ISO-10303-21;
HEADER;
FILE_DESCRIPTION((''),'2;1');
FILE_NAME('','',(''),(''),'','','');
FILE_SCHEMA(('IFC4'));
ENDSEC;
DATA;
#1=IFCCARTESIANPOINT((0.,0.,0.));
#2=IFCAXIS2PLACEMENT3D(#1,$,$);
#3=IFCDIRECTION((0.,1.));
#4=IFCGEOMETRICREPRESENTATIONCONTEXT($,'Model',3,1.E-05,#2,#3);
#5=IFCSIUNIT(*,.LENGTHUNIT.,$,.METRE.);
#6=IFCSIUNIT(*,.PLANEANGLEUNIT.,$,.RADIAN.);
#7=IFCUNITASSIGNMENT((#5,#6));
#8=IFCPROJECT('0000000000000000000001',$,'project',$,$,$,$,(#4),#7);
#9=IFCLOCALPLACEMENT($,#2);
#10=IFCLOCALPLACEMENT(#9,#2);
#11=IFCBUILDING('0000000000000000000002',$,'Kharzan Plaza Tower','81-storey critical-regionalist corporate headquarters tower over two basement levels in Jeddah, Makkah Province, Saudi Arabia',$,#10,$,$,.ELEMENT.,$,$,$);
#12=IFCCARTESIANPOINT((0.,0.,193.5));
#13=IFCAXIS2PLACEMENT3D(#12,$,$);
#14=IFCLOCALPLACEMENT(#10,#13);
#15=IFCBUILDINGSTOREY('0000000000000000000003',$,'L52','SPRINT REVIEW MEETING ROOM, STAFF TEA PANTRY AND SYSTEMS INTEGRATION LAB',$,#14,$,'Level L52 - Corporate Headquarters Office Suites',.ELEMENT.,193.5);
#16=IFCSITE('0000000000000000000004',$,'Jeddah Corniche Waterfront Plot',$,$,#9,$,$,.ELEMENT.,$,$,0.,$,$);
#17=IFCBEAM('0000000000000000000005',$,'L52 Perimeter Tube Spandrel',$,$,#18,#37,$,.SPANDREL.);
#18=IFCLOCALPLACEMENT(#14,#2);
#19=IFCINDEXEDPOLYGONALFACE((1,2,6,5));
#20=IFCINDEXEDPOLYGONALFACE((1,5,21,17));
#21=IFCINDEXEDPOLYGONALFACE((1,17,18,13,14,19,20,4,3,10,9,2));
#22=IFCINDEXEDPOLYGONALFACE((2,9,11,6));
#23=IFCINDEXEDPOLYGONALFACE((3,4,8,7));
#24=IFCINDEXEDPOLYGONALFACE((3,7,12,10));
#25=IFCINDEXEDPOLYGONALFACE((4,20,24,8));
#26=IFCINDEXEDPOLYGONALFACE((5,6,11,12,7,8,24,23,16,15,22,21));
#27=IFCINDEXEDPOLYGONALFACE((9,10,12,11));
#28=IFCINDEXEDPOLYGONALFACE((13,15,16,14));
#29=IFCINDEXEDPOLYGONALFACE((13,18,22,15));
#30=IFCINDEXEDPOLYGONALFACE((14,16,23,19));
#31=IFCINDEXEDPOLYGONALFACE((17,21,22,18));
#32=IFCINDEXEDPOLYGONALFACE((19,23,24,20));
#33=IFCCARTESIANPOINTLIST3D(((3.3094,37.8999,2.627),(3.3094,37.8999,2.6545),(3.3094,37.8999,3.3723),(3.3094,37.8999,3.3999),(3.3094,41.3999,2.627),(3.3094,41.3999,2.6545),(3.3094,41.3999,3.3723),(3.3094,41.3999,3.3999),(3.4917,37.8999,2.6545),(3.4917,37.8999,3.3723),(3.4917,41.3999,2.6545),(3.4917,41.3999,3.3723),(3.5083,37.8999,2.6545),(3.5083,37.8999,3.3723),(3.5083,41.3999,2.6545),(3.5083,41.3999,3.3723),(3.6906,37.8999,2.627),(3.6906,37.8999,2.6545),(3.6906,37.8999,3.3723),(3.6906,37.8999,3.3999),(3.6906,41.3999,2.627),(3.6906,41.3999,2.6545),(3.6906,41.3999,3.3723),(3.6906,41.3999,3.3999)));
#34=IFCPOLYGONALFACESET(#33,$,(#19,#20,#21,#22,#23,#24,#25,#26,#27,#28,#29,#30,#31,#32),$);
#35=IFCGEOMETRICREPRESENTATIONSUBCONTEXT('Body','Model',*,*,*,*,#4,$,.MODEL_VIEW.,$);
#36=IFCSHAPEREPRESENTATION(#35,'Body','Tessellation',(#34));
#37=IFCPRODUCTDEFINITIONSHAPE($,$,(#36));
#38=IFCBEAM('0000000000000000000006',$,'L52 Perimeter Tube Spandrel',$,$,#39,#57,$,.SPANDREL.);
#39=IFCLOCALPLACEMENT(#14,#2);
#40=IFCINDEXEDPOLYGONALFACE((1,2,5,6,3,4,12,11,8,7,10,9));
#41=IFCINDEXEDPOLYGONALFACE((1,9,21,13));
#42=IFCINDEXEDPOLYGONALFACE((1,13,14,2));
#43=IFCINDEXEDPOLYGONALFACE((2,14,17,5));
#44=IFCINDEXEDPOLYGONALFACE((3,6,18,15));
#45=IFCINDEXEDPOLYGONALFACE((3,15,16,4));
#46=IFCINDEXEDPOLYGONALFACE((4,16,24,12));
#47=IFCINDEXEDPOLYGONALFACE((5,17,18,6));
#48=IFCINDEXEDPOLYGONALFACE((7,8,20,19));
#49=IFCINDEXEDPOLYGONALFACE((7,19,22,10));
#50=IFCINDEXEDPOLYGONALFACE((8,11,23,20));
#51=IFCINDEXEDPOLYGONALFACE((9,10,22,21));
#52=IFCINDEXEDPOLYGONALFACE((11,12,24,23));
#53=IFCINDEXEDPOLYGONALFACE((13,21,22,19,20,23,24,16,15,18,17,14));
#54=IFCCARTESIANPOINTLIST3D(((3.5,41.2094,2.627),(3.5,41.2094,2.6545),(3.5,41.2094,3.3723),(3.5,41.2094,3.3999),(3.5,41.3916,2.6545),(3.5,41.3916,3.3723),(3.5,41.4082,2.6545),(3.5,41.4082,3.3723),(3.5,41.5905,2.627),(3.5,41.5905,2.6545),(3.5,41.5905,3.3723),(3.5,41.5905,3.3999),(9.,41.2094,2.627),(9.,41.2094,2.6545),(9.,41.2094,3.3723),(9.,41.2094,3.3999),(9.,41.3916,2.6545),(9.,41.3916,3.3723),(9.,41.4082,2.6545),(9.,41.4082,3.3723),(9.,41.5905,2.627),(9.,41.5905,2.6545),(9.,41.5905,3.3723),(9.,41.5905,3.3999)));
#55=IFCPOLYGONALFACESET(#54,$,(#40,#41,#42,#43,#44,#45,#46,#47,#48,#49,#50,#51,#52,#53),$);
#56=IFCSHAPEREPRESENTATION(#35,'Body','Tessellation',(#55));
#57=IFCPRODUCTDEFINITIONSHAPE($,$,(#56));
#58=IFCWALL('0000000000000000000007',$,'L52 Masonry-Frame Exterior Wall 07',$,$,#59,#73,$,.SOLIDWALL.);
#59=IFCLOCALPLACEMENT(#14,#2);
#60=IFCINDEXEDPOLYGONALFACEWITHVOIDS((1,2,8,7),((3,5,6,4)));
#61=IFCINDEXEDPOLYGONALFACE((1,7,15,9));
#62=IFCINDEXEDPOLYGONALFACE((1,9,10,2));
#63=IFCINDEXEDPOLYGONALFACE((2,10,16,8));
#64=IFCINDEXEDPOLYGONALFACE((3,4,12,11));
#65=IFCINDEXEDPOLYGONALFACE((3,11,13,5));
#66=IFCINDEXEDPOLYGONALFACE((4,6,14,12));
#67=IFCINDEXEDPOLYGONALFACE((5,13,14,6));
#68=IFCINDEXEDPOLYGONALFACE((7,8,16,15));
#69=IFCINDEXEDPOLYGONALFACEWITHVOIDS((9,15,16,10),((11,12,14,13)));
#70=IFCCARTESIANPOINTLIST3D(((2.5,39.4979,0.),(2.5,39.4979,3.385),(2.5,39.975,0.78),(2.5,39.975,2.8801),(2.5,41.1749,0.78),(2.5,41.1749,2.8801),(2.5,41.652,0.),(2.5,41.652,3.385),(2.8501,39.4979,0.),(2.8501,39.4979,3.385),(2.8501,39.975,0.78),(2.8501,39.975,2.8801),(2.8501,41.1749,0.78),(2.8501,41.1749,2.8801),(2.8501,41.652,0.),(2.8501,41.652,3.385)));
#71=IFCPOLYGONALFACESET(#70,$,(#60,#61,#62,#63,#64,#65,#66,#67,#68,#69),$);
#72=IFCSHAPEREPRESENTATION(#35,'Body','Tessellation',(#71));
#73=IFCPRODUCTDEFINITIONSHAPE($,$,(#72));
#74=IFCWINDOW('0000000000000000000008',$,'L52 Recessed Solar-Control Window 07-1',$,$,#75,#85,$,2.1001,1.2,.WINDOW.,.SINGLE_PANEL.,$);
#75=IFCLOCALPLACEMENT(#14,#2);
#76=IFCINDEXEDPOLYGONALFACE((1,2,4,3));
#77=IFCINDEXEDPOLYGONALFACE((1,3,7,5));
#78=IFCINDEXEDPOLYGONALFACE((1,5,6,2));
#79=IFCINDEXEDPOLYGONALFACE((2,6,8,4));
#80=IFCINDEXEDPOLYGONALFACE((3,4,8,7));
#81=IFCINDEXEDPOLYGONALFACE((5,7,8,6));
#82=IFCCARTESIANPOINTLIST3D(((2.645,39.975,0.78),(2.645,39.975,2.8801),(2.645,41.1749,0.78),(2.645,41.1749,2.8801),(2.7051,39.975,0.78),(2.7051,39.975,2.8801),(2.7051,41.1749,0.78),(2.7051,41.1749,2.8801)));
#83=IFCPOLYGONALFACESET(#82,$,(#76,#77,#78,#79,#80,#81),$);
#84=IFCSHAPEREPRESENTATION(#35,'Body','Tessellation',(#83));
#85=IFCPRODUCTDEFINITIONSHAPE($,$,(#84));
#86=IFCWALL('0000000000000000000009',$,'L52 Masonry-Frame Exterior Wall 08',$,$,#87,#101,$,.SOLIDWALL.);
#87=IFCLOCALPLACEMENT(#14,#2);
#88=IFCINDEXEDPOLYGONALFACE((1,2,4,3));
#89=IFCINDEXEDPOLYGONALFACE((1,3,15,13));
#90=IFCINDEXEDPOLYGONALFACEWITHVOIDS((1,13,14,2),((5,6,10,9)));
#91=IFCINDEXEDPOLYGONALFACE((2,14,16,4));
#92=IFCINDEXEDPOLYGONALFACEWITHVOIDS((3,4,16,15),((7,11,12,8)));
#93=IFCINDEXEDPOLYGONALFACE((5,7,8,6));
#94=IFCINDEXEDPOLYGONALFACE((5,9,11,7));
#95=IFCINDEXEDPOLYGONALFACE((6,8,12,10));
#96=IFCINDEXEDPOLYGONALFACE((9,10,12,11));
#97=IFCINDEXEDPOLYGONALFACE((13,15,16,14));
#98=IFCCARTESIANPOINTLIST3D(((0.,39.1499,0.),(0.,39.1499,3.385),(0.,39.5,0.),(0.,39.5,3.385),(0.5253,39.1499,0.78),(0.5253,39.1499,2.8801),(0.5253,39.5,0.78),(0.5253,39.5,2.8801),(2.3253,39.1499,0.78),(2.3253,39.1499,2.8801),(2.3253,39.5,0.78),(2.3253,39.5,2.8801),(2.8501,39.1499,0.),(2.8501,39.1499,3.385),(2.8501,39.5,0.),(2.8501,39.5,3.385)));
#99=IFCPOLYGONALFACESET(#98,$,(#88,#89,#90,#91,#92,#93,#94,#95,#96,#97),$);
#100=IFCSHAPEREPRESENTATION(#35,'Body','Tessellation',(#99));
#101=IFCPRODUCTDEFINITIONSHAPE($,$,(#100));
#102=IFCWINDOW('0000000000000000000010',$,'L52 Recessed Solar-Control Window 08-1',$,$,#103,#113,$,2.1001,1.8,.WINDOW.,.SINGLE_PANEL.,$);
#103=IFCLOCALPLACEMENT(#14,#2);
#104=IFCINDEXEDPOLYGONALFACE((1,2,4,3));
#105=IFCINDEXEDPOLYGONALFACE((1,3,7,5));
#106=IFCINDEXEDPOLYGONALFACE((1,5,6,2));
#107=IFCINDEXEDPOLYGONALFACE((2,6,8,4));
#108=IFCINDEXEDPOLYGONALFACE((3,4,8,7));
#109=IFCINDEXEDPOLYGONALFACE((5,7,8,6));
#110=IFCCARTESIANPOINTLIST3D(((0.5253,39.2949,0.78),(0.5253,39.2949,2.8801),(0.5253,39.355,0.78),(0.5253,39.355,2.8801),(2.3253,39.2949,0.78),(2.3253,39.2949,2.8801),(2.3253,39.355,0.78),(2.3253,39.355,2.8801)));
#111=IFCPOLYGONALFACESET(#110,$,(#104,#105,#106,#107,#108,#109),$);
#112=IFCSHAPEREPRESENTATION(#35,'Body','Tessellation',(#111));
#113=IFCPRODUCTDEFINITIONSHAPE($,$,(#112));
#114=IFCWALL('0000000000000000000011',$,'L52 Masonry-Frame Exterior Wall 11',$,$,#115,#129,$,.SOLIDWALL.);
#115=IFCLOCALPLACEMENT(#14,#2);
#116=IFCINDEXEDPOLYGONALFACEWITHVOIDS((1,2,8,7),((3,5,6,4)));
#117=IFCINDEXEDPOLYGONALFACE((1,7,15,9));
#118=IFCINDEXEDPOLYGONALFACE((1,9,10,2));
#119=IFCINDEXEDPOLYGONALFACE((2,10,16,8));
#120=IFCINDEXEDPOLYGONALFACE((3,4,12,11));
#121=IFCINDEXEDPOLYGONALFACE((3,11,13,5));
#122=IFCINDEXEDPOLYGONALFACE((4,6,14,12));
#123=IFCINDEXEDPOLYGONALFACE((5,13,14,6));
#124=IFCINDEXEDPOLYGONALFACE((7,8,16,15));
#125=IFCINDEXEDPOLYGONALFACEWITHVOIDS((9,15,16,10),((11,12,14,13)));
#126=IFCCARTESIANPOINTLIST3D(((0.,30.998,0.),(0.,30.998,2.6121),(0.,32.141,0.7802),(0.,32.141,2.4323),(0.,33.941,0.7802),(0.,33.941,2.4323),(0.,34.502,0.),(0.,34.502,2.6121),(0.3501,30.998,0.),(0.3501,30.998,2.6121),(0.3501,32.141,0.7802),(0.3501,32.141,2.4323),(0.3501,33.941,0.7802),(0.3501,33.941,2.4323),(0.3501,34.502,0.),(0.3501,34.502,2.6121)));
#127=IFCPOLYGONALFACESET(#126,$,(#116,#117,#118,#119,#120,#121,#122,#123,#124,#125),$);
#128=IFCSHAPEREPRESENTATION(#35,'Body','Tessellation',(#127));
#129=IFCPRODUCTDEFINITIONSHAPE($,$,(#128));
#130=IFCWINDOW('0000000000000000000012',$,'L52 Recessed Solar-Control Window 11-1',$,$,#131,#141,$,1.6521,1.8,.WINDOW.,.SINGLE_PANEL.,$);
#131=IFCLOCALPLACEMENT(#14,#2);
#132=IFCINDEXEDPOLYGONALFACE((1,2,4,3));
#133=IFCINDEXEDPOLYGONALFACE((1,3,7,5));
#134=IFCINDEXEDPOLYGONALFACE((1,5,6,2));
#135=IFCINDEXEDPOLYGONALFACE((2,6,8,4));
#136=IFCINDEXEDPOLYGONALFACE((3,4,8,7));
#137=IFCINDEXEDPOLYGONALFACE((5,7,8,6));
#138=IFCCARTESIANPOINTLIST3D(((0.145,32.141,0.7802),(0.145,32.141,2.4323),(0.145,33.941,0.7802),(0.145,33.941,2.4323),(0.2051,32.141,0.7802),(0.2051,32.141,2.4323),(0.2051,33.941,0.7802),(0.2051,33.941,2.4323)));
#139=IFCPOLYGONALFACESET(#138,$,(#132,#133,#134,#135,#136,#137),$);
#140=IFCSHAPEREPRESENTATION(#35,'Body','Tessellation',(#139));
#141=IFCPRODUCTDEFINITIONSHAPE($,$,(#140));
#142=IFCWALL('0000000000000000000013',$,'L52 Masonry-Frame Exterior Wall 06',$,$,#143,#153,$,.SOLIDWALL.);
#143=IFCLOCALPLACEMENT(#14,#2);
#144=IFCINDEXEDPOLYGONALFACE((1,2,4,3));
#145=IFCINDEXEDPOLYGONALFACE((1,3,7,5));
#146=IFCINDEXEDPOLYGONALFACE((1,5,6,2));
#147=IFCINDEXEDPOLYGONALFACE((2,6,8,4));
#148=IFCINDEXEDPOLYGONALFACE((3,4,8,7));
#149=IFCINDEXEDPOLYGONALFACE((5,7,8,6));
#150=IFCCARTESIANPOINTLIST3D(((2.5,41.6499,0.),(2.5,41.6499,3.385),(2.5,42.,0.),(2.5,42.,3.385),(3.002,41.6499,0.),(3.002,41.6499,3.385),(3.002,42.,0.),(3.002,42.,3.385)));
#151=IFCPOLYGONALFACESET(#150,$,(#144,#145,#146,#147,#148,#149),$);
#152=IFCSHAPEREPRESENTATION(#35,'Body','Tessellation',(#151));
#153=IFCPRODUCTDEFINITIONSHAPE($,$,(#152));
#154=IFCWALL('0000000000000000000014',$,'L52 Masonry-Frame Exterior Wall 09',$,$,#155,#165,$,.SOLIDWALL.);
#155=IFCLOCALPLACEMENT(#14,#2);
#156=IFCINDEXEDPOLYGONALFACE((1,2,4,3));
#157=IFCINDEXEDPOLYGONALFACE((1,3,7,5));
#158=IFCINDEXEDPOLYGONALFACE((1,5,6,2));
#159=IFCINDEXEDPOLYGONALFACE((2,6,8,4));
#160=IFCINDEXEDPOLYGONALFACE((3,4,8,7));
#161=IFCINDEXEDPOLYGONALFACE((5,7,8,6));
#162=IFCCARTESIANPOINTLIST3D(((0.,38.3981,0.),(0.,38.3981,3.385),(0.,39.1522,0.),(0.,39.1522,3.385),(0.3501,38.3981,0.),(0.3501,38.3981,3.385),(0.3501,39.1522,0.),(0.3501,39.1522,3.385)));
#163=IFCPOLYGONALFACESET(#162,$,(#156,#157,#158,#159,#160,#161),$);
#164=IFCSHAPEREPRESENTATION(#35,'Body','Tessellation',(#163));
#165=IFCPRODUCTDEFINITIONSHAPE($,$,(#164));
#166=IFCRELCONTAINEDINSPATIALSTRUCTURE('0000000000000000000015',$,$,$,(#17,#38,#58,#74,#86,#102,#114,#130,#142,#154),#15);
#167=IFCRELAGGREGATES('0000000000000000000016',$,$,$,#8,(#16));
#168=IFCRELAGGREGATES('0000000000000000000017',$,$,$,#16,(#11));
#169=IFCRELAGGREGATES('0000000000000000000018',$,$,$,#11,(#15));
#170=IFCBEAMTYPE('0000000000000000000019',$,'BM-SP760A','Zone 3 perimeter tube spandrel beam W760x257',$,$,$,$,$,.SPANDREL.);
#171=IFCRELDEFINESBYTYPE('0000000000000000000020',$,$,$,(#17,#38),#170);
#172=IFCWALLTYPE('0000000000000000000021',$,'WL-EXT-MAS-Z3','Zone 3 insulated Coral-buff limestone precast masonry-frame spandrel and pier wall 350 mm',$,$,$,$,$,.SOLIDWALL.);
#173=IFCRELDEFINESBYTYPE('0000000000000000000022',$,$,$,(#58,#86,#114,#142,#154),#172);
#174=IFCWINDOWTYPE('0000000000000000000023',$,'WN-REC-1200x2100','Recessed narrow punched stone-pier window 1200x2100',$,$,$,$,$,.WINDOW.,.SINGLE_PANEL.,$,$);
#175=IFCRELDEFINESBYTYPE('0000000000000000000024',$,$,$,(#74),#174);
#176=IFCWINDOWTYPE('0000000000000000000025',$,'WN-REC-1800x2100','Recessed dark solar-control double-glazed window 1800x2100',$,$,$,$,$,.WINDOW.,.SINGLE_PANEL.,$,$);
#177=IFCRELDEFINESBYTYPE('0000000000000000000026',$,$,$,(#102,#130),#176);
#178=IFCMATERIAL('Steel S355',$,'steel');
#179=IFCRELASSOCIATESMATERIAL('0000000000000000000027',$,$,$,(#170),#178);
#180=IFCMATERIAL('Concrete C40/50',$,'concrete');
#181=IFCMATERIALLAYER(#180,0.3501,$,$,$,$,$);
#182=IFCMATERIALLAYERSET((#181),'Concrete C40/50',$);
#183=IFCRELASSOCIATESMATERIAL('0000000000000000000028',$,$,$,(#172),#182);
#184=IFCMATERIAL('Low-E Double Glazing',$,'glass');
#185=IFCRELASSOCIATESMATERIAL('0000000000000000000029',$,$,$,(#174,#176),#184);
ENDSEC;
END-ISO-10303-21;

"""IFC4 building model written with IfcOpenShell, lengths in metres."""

from ifc_helpers import new_model, si_unit, direction, frame, frame_2d, origin, origin_2d, place, context, subcontext, project, spatial, rectangle, i_section, extrude, source, transform, mapped, material, layer, layer_set, material_profile, profile_set, type_object, element, fill, save


model = new_model("IFC4")

# Units and contexts
model_context = context("Model", 3, precision=1e-05, world=origin(), true_north=direction((0.0, 1.0)))
body_context = subcontext(model_context, "Body", "Model", "MODEL_VIEW")
ifc_project = project(units=[si_unit("LENGTHUNIT", "METRE"), si_unit("PLANEANGLEUNIT", "RADIAN")], contexts=[model_context])

# Site, building, storey
site_placement = place(None, origin())
site = spatial("IfcSite", under=ifc_project, at=site_placement, Name="Jeddah Corniche Waterfront Plot", CompositionType="ELEMENT", RefElevation=0.0)
building_placement = place(site_placement, origin())
building = spatial("IfcBuilding", under=site, at=building_placement, Name="Kharzan Plaza Tower", Description="81-storey critical-regionalist corporate headquarters tower over two basement levels in Jeddah, Makkah Province, Saudi Arabia", CompositionType="ELEMENT")
storey_placement = place(building_placement, frame((0.0, 0.0, 193.5)))
storey = spatial("IfcBuildingStorey", under=building, at=storey_placement, Name="L52", Description="SPRINT REVIEW MEETING ROOM, STAFF TEA PANTRY AND SYSTEMS INTEGRATION LAB", LongName="Level L52 - Corporate Headquarters Office Suites", CompositionType="ELEMENT", Elevation=193.5)

# Beams
ifc_material_1 = material(Name="Steel S355", Category="steel")
ifc_material_profile_1 = material_profile(ifc_material_1, i_section(OverallWidth=0.3811, OverallDepth=0.7729, WebThickness=0.0166, FlangeThickness=0.0276, at=origin_2d()), Name="W760x257")
ifc_profile_set_1 = profile_set([ifc_material_profile_1], Name="Steel S355")
beam_type_1 = type_object("IfcBeamType", Name="BM-SP760A", Description="Zone 3 perimeter tube spandrel beam W760x257", PredefinedType="SPANDREL", material=ifc_profile_set_1)
shared_shape_1 = source(origin(), body_context, "Body", "SweptSolid", [
    extrude(i_section(OverallWidth=0.3811, OverallDepth=0.7729, WebThickness=0.0166, FlangeThickness=0.0276, at=origin_2d()), origin(), (0.0, 0.0, 1.0), 3.5),
])
beam_1_placement = place(storey_placement, frame((3.5, 37.8999, 3.0134), z_axis=(0.0, 1.0, 0.0), x_axis=(-1.0, 0.0, 0.0)))
element("IfcBeam", 1, at=beam_1_placement, inside=storey, type_object=beam_type_1, Name="L52 Perimeter Tube Spandrel", PredefinedType="SPANDREL", context=body_context, shape_type="MappedRepresentation", body=[
    mapped(shared_shape_1, transform((0.0, 0.0, 0.0), x_axis=(1.0, 0.0, 0.0), y_axis=(0.0, 1.0, 0.0), z_axis=(0.0, 0.0, 1.0))),
])
shared_shape_2 = source(origin(), body_context, "Body", "SweptSolid", [
    extrude(i_section(OverallWidth=0.3811, OverallDepth=0.7729, WebThickness=0.0166, FlangeThickness=0.0276, at=origin_2d()), origin(), (0.0, 0.0, 1.0), 5.5),
])
beam_2_placement = place(storey_placement, frame((3.5, 41.3999, 3.0134), z_axis=(1.0, 0.0, 0.0), x_axis=(0.0, 1.0, 0.0)))
element("IfcBeam", 2, at=beam_2_placement, inside=storey, type_object=beam_type_1, Name="L52 Perimeter Tube Spandrel", PredefinedType="SPANDREL", context=body_context, shape_type="MappedRepresentation", body=[
    mapped(shared_shape_2, transform((0.0, 0.0, 0.0), x_axis=(1.0, 0.0, 0.0), y_axis=(0.0, 1.0, 0.0), z_axis=(0.0, 0.0, 1.0))),
])

# Walls, openings, windows
ifc_material_2 = material(Name="Concrete C40/50", Category="concrete")
ifc_layer_1 = layer(ifc_material_2, 0.3501)
ifc_layer_set_1 = layer_set([ifc_layer_1], Name="Concrete C40/50")
wall_type_1 = type_object("IfcWallType", Name="WL-EXT-MAS-Z3", Description="Zone 3 insulated Coral-buff limestone precast masonry-frame spandrel and pier wall 350 mm", PredefinedType="SOLIDWALL", material=ifc_layer_set_1)
wall_1_placement = place(storey_placement, frame((2.675, 41.6521, 0.0), z_axis=(0.0, 0.0, 1.0), x_axis=(0.0, -1.0, 0.0)))
wall_1 = element("IfcWall", 3, at=wall_1_placement, inside=storey, type_object=wall_type_1, Name="L52 Masonry-Frame Exterior Wall 07", PredefinedType="SOLIDWALL", context=body_context, shape_type="SweptSolid", body=[
    extrude(rectangle(XDim=2.1541, YDim=0.3501, at=frame_2d((1.0771, 0.0))), origin(), (0.0, 0.0, 1.0), 3.385),
])
opening_1_placement = place(wall_1_placement, frame((0.4771, 0.0, 0.78)))
opening_1 = element("IfcOpeningElement", 4, at=opening_1_placement, cuts=wall_1, PredefinedType="OPENING", context=body_context, shape_type="SweptSolid", body=[
    extrude(rectangle(XDim=1.2, YDim=2.1001, at=frame_2d((0.6001, 1.05))), frame((0.0, 0.1851, 0.0), z_axis=(0.0, -1.0, 0.0), x_axis=(1.0, 0.0, 0.0)), (0.0, 0.0, 1.0), 0.3701),
])
ifc_material_3 = material(Name="Low-E Double Glazing", Category="glass")
window_type_1 = type_object("IfcWindowType", Name="WN-REC-1200x2100", Description="Recessed narrow punched stone-pier window 1200x2100", PartitioningType="SINGLE_PANEL", PredefinedType="WINDOW", material=ifc_material_3)
shared_shape_3 = source(origin(), body_context, "Body", "SweptSolid", [
    extrude(rectangle(XDim=1.2, YDim=2.1001, at=frame_2d((0.6001, 1.05))), frame((0.0, 0.03, 0.0), z_axis=(0.0, -1.0, 0.0), x_axis=(1.0, 0.0, 0.0)), (0.0, 0.0, 1.0), 0.0601),
])
window_1_placement = place(opening_1_placement, origin())
window_1 = element("IfcWindow", 5, at=window_1_placement, inside=storey, type_object=window_type_1, Name="L52 Recessed Solar-Control Window 07-1", OverallHeight=2.1001, OverallWidth=1.2, PartitioningType="SINGLE_PANEL", PredefinedType="WINDOW", context=body_context, shape_type="MappedRepresentation", body=[
    mapped(shared_shape_3, transform((0.0, 0.0, 0.0), x_axis=(1.0, 0.0, 0.0), y_axis=(0.0, 1.0, 0.0), z_axis=(0.0, 0.0, 1.0))),
])
fill(opening_1, window_1)
wall_2_placement = place(storey_placement, frame((2.8501, 39.325, 0.0), z_axis=(0.0, 0.0, 1.0), x_axis=(-1.0, 0.0, 0.0)))
wall_2 = element("IfcWall", 6, at=wall_2_placement, inside=storey, type_object=wall_type_1, Name="L52 Masonry-Frame Exterior Wall 08", PredefinedType="SOLIDWALL", context=body_context, shape_type="SweptSolid", body=[
    extrude(rectangle(XDim=2.8501, YDim=0.3501, at=frame_2d((1.425, 0.0))), origin(), (0.0, 0.0, 1.0), 3.385),
])
opening_2_placement = place(wall_2_placement, frame((0.5249, 0.0, 0.78)))
opening_2 = element("IfcOpeningElement", 7, at=opening_2_placement, cuts=wall_2, PredefinedType="OPENING", context=body_context, shape_type="SweptSolid", body=[
    extrude(rectangle(XDim=1.8, YDim=2.1001, at=frame_2d((0.8999, 1.05))), frame((0.0, 0.1851, 0.0), z_axis=(0.0, -1.0, 0.0), x_axis=(1.0, 0.0, 0.0)), (0.0, 0.0, 1.0), 0.3701),
])
window_type_2 = type_object("IfcWindowType", Name="WN-REC-1800x2100", Description="Recessed dark solar-control double-glazed window 1800x2100", PartitioningType="SINGLE_PANEL", PredefinedType="WINDOW", material=ifc_material_3)
shared_shape_4 = source(origin(), body_context, "Body", "SweptSolid", [
    extrude(rectangle(XDim=1.8, YDim=2.1001, at=frame_2d((0.8999, 1.05))), frame((0.0, 0.03, 0.0), z_axis=(0.0, -1.0, 0.0), x_axis=(1.0, 0.0, 0.0)), (0.0, 0.0, 1.0), 0.0601),
])
window_2_placement = place(opening_2_placement, origin())
window_2 = element("IfcWindow", 8, at=window_2_placement, inside=storey, type_object=window_type_2, Name="L52 Recessed Solar-Control Window 08-1", OverallHeight=2.1001, OverallWidth=1.8, PartitioningType="SINGLE_PANEL", PredefinedType="WINDOW", context=body_context, shape_type="MappedRepresentation", body=[
    mapped(shared_shape_4, transform((0.0, 0.0, 0.0), x_axis=(1.0, 0.0, 0.0), y_axis=(0.0, 1.0, 0.0), z_axis=(0.0, 0.0, 1.0))),
])
fill(opening_2, window_2)
wall_3_placement = place(storey_placement, frame((0.175, 34.502, 0.0), z_axis=(0.0, 0.0, 1.0), x_axis=(0.0, -1.0, 0.0)))
wall_3 = element("IfcWall", 9, at=wall_3_placement, inside=storey, type_object=wall_type_1, Name="L52 Masonry-Frame Exterior Wall 11", PredefinedType="SOLIDWALL", context=body_context, shape_type="SweptSolid", body=[
    extrude(rectangle(XDim=3.5039, YDim=0.3501, at=frame_2d((1.752, 0.0))), origin(), (0.0, 0.0, 1.0), 2.6121),
])
opening_3_placement = place(wall_3_placement, frame((0.561, 0.0, 0.78)))
opening_3 = element("IfcOpeningElement", 10, at=opening_3_placement, cuts=wall_3, PredefinedType="OPENING", context=body_context, shape_type="SweptSolid", body=[
    extrude(rectangle(XDim=1.8, YDim=1.6521, at=frame_2d((0.8999, 0.8262))), frame((0.0, 0.1851, 0.0), z_axis=(0.0, -1.0, 0.0), x_axis=(1.0, 0.0, 0.0)), (0.0, 0.0, 1.0), 0.3701),
])
shared_shape_5 = source(origin(), body_context, "Body", "SweptSolid", [
    extrude(rectangle(XDim=1.8, YDim=1.6521, at=frame_2d((0.8999, 0.8262))), frame((0.0, 0.03, 0.0), z_axis=(0.0, -1.0, 0.0), x_axis=(1.0, 0.0, 0.0)), (0.0, 0.0, 1.0), 0.0601),
])
window_3_placement = place(opening_3_placement, origin())
window_3 = element("IfcWindow", 11, at=window_3_placement, inside=storey, type_object=window_type_2, Name="L52 Recessed Solar-Control Window 11-1", OverallHeight=1.6521, OverallWidth=1.8, PartitioningType="SINGLE_PANEL", PredefinedType="WINDOW", context=body_context, shape_type="MappedRepresentation", body=[
    mapped(shared_shape_5, transform((0.0, 0.0, 0.0), x_axis=(1.0, 0.0, 0.0), y_axis=(0.0, 1.0, 0.0), z_axis=(0.0, 0.0, 1.0))),
])
fill(opening_3, window_3)

# Walls
shared_shape_6 = source(origin(), body_context, "Body", "SweptSolid", [
    extrude(rectangle(XDim=0.502, YDim=0.3501, at=frame_2d((0.251, 0.0))), origin(), (0.0, 0.0, 1.0), 3.385),
])
wall_4_placement = place(storey_placement, frame((3.002, 41.825, 0.0), z_axis=(0.0, 0.0, 1.0), x_axis=(-1.0, 0.0, 0.0)))
element("IfcWall", 12, at=wall_4_placement, inside=storey, type_object=wall_type_1, Name="L52 Masonry-Frame Exterior Wall 06", PredefinedType="SOLIDWALL", context=body_context, shape_type="MappedRepresentation", body=[
    mapped(shared_shape_6, transform((0.0, 0.0, 0.0), x_axis=(1.0, 0.0, 0.0), y_axis=(0.0, 1.0, 0.0), z_axis=(0.0, 0.0, 1.0))),
])
shared_shape_7 = source(origin(), body_context, "Body", "SweptSolid", [
    extrude(rectangle(XDim=0.7542, YDim=0.3501, at=frame_2d((0.377, 0.0))), origin(), (0.0, 0.0, 1.0), 3.385),
])
wall_5_placement = place(storey_placement, frame((0.175, 39.1521, 0.0), z_axis=(0.0, 0.0, 1.0), x_axis=(0.0, -1.0, 0.0)))
element("IfcWall", 13, at=wall_5_placement, inside=storey, type_object=wall_type_1, Name="L52 Masonry-Frame Exterior Wall 09", PredefinedType="SOLIDWALL", context=body_context, shape_type="MappedRepresentation", body=[
    mapped(shared_shape_7, transform((0.0, 0.0, 0.0), x_axis=(1.0, 0.0, 0.0), y_axis=(0.0, 1.0, 0.0), z_axis=(0.0, 0.0, 1.0))),
])

save(model, "model.ifc")
